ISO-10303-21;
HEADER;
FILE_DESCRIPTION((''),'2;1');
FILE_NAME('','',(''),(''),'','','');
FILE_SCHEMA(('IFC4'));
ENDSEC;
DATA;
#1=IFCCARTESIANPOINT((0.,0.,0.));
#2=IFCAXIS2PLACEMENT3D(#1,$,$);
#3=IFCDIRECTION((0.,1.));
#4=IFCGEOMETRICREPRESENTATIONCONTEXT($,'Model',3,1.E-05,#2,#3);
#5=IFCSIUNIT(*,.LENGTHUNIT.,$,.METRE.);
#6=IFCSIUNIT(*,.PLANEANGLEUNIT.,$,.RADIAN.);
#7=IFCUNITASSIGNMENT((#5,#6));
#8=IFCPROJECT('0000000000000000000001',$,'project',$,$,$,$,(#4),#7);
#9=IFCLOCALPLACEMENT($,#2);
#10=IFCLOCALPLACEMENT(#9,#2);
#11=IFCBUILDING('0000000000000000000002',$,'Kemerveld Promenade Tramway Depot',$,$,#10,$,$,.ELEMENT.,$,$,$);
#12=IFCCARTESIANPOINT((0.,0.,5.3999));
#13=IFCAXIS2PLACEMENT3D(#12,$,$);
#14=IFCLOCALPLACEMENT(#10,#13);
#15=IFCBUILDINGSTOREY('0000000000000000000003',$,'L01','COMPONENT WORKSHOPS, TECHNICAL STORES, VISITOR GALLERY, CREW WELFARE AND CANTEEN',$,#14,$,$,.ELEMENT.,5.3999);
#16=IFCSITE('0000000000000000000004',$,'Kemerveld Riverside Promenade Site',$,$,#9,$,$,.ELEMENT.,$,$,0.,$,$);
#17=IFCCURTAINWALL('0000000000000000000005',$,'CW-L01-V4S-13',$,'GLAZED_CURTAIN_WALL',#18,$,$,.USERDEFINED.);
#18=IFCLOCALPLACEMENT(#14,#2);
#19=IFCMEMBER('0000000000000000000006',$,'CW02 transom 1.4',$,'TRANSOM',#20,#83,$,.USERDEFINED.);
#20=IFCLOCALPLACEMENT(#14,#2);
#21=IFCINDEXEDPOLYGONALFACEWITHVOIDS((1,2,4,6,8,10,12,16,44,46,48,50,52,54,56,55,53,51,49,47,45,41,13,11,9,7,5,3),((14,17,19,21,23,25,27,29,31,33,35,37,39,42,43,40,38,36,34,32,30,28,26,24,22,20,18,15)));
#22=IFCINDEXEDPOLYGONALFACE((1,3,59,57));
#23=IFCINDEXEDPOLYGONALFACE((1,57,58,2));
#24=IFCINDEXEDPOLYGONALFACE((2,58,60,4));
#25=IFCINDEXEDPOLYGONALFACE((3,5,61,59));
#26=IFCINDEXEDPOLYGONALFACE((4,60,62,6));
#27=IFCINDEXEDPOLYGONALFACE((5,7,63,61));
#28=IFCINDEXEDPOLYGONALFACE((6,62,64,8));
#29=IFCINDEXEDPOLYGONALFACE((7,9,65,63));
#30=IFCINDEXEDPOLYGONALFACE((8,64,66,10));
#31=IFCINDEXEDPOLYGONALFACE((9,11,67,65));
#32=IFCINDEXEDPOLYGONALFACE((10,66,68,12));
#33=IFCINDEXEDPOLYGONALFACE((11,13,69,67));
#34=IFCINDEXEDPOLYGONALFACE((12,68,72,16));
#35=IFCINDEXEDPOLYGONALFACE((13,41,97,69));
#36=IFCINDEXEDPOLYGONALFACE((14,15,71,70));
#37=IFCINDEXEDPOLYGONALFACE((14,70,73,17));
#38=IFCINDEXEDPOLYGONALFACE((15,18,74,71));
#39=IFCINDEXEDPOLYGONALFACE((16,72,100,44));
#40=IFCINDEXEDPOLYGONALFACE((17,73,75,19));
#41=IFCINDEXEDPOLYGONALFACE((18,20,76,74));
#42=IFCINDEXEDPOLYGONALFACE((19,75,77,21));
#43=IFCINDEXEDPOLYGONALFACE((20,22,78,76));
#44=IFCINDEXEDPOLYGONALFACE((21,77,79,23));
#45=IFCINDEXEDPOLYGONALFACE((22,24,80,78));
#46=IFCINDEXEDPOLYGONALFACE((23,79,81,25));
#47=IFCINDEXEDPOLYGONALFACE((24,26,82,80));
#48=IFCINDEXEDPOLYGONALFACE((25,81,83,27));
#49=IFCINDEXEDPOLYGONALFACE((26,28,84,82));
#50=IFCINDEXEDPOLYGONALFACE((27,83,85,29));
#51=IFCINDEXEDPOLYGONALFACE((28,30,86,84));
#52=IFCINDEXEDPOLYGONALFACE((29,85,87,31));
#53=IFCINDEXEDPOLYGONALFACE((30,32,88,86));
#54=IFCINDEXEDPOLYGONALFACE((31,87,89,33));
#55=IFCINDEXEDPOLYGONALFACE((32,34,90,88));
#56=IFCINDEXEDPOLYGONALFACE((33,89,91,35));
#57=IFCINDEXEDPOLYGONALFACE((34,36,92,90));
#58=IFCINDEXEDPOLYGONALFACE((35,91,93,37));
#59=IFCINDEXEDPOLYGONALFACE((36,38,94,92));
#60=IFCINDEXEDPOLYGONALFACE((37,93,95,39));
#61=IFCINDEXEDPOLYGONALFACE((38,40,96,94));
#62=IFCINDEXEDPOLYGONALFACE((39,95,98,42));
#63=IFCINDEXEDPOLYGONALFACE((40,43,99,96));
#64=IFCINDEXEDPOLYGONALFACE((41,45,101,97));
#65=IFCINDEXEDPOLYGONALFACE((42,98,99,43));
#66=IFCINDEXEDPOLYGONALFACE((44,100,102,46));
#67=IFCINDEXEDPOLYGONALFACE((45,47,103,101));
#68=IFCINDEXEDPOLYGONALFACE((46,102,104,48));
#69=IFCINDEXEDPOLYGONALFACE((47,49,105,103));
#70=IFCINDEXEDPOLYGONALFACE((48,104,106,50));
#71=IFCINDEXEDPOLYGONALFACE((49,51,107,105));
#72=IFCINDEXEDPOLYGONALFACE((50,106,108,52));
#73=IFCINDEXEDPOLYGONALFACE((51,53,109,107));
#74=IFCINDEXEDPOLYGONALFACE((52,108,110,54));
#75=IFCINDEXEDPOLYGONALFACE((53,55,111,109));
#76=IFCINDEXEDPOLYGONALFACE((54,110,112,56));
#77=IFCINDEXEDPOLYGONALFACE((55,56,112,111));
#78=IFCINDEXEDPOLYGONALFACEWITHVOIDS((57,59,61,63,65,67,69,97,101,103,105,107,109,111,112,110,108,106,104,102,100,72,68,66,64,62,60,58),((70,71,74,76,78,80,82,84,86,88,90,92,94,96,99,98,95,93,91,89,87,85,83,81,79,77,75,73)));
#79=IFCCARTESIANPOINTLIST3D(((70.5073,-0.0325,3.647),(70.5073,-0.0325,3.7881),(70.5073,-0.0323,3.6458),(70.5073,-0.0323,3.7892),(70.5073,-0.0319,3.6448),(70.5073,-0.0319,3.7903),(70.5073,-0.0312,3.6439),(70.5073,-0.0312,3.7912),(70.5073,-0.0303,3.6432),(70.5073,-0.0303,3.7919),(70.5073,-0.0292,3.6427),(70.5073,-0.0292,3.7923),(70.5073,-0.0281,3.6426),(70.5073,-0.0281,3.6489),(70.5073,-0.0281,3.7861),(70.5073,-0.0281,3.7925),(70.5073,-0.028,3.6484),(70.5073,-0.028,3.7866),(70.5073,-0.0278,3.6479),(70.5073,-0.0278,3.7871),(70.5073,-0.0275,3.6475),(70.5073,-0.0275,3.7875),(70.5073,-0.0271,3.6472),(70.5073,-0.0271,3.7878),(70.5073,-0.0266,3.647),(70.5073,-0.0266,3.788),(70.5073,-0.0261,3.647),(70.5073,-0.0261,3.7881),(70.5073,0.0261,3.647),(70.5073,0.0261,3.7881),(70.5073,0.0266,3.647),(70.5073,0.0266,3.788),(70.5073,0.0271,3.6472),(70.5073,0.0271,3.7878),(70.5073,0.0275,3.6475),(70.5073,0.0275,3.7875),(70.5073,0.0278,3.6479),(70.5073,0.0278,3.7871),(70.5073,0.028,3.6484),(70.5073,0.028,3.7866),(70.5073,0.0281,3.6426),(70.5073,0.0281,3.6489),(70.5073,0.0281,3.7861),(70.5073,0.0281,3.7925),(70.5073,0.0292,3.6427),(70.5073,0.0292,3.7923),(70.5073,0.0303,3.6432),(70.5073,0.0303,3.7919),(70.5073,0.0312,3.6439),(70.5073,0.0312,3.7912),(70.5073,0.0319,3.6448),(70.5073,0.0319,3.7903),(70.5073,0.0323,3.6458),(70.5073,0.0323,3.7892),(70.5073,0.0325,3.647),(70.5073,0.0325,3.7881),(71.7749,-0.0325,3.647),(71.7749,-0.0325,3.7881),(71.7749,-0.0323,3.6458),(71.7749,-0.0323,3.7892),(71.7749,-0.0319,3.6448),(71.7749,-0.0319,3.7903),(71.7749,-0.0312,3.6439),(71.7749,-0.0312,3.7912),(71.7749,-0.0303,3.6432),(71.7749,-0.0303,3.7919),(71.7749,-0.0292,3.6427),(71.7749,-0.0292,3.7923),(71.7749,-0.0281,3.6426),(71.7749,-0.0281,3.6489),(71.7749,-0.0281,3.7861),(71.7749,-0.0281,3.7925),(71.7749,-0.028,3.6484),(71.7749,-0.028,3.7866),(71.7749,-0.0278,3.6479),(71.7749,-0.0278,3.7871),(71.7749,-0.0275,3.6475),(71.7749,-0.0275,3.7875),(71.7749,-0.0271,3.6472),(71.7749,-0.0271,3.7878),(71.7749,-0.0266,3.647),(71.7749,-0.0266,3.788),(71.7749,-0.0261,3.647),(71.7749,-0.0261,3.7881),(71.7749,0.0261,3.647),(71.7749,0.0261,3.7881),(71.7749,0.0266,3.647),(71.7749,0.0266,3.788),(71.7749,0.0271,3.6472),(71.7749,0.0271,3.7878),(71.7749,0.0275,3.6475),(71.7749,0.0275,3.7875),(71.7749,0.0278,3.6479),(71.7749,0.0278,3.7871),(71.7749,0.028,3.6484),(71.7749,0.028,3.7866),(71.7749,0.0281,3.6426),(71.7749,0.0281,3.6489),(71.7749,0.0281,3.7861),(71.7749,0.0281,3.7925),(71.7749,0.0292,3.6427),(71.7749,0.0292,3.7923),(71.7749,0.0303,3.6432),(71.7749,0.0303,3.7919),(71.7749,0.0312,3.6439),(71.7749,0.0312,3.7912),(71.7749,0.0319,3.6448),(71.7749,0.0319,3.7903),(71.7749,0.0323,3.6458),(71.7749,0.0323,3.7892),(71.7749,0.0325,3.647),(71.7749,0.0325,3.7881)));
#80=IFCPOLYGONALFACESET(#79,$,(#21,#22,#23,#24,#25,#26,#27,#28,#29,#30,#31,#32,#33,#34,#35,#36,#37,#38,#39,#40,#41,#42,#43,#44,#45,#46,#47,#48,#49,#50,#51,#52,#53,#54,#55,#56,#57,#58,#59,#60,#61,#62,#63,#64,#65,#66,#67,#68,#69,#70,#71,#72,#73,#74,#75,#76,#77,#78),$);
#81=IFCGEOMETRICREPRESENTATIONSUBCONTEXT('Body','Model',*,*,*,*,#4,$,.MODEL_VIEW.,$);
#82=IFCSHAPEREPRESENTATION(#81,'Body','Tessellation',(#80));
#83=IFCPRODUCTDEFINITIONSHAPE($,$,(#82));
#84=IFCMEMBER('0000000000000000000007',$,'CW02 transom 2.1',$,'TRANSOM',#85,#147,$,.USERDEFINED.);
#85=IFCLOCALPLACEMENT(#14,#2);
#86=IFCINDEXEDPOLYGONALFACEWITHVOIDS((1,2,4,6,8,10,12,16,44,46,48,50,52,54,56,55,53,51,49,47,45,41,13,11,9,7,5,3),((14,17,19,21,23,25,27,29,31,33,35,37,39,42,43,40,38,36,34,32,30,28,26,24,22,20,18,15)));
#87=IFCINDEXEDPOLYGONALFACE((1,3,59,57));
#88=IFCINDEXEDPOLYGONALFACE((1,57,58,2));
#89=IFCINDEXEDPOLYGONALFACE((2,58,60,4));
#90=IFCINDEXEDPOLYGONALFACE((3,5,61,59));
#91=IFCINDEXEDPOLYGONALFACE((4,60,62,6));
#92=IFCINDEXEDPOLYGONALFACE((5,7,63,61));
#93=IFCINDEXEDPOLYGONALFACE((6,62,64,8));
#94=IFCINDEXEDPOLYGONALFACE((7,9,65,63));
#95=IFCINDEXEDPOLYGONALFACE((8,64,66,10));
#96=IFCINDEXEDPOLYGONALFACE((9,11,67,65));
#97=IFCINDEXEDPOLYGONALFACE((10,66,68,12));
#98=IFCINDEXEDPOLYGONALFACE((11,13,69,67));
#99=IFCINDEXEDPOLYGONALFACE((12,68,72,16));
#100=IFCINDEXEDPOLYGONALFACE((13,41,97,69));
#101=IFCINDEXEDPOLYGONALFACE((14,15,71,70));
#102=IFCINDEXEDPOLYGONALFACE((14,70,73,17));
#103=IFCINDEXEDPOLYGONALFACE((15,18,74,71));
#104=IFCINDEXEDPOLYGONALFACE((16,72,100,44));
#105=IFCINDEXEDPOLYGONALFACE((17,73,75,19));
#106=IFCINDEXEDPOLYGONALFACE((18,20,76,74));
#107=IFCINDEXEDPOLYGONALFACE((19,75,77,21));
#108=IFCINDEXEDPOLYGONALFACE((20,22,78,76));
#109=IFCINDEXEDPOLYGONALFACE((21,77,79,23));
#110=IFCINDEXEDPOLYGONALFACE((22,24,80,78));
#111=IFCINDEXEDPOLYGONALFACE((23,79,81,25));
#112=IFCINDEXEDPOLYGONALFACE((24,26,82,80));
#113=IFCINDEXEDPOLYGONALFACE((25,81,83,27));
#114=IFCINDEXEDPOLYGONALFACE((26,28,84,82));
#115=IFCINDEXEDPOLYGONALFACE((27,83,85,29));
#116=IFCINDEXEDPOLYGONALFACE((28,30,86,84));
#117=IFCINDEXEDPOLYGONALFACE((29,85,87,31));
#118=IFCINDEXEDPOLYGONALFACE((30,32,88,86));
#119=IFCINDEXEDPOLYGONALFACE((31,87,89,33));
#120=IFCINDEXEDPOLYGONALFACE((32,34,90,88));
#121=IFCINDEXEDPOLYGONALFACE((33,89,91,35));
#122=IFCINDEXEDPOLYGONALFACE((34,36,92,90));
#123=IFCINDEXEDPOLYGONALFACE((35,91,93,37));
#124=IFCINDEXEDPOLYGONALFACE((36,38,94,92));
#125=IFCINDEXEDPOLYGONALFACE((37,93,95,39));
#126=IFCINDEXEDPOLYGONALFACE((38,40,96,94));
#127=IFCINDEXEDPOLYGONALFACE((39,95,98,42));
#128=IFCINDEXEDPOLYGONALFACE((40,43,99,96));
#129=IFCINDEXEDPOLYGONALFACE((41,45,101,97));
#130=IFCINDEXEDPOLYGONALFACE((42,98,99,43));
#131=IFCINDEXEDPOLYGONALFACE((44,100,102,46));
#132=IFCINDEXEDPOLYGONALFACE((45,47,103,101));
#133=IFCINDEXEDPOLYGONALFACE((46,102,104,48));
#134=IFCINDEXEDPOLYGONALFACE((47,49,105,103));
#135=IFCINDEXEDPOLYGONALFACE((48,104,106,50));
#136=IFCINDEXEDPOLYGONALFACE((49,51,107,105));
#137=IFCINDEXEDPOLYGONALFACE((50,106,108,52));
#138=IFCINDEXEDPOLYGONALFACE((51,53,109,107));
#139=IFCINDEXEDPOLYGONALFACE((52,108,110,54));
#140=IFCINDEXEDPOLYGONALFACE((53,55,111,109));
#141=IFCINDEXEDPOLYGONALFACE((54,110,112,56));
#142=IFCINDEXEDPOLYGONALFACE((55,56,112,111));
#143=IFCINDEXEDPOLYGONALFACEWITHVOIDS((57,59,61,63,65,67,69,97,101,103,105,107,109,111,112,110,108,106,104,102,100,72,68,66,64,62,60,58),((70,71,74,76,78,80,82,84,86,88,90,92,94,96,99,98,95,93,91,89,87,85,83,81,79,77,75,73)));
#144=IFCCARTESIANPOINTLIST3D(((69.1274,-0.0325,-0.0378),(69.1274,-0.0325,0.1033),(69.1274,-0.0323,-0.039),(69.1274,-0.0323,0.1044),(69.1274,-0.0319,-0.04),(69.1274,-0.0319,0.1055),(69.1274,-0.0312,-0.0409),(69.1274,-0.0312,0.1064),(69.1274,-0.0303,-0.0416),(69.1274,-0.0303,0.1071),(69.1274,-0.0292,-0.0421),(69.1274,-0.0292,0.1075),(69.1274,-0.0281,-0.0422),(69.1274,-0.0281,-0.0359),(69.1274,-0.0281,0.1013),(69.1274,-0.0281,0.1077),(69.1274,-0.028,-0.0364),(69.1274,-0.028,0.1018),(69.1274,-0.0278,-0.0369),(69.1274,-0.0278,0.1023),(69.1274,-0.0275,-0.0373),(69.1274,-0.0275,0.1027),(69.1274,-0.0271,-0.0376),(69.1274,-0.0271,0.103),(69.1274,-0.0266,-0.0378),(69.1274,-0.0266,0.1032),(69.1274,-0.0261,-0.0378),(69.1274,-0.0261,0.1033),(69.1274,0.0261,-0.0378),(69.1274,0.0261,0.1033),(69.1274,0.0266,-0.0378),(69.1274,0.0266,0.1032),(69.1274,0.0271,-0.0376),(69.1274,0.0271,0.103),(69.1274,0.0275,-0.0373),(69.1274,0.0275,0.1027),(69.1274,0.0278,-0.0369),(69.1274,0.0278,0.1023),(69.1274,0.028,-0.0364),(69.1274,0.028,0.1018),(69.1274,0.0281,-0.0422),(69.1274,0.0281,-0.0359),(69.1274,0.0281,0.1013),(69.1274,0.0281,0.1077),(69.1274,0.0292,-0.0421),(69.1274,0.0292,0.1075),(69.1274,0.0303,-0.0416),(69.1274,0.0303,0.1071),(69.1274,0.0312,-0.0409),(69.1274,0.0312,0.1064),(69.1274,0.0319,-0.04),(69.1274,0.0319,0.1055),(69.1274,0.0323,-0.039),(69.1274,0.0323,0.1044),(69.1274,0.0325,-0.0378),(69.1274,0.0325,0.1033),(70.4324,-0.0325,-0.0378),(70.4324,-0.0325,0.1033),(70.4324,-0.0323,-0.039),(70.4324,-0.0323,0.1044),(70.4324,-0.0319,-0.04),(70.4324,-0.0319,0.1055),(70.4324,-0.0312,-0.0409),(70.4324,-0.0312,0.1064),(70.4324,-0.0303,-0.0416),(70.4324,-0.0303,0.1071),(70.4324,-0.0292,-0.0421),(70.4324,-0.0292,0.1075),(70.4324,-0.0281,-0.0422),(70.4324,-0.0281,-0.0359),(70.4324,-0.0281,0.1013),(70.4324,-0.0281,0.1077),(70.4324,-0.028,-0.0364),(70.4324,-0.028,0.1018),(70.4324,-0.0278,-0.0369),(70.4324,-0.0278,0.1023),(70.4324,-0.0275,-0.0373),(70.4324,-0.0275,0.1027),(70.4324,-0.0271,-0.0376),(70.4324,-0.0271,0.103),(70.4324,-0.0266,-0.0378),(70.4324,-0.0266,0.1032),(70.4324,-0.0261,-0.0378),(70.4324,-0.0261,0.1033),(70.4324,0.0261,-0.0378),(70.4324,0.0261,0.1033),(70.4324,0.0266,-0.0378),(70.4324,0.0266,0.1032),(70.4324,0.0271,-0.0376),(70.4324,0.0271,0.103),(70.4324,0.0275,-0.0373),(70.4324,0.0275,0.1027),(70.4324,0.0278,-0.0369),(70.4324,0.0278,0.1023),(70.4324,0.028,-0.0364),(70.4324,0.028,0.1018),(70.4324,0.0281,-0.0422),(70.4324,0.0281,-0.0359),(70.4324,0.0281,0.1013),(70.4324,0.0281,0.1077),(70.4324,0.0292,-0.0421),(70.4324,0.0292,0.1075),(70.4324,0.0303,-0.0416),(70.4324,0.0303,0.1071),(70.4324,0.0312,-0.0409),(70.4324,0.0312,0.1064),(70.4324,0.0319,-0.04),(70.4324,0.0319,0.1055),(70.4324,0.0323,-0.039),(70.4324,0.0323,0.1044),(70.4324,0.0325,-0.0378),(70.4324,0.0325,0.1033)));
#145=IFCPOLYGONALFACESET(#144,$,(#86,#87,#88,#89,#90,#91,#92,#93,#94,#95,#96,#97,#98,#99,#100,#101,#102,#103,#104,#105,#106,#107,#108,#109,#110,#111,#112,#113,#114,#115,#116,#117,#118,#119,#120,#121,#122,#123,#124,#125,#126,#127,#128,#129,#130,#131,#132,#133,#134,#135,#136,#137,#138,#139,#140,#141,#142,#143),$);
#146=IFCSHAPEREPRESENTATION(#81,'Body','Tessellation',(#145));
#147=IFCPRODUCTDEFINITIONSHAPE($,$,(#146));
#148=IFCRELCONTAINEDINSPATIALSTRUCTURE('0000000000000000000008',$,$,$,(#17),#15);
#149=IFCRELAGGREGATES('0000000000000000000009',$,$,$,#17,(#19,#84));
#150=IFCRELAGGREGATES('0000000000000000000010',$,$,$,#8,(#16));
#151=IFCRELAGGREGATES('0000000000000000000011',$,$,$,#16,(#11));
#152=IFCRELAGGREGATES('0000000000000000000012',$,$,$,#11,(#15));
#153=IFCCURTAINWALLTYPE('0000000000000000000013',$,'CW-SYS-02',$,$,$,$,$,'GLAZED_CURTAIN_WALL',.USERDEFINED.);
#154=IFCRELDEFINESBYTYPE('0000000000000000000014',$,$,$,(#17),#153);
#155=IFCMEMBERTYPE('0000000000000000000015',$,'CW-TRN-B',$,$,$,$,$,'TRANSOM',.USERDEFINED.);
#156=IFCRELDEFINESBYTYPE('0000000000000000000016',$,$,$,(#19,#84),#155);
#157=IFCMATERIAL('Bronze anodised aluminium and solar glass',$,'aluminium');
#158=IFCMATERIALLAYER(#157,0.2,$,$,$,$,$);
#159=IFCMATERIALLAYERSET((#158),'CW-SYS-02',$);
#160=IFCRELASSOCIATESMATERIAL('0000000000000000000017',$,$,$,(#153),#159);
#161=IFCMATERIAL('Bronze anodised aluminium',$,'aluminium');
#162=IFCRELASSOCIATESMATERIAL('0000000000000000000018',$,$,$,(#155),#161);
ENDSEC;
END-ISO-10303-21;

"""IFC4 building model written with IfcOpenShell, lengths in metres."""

from ifc_helpers import new_model, si_unit, direction, frame, origin, origin_2d, place, context, subcontext, project, spatial, hollow_rectangle, extrude, material, layer, layer_set, material_profile, profile_set, type_object, element, aggregate, save


model = new_model("IFC4")

# Units and contexts
model_context = context("Model", 3, precision=1e-05, world=origin(), true_north=direction((0.0, 1.0)))
body_context = subcontext(model_context, "Body", "Model", "MODEL_VIEW")
ifc_project = project(units=[si_unit("LENGTHUNIT", "METRE"), si_unit("PLANEANGLEUNIT", "RADIAN")], contexts=[model_context])

# Site, building, storey
site_placement = place(None, origin())
site = spatial("IfcSite", under=ifc_project, at=site_placement, Name="Kemerveld Riverside Promenade Site", CompositionType="ELEMENT", RefElevation=0.0)
building_placement = place(site_placement, origin())
building = spatial("IfcBuilding", under=site, at=building_placement, Name="Kemerveld Promenade Tramway Depot", CompositionType="ELEMENT")
storey_placement = place(building_placement, frame((0.0, 0.0, 5.3999)))
storey = spatial("IfcBuildingStorey", under=building, at=storey_placement, Name="L01", Description="COMPONENT WORKSHOPS, TECHNICAL STORES, VISITOR GALLERY, CREW WELFARE AND CANTEEN", CompositionType="ELEMENT", Elevation=5.3999)

# Curtain wall, members
ifc_material_1 = material(Name="Bronze anodised aluminium and solar glass", Category="aluminium")
ifc_layer_1 = layer(ifc_material_1, 0.2)
ifc_layer_set_1 = layer_set([ifc_layer_1], Name="CW-SYS-02")
curtain_wall_type = type_object("IfcCurtainWallType", Name="CW-SYS-02", ElementType="GLAZED_CURTAIN_WALL", PredefinedType="USERDEFINED", material=ifc_layer_set_1)
curtain_wall_placement = place(storey_placement, origin())
curtain_wall = element("IfcCurtainWall", 1, at=curtain_wall_placement, inside=storey, type_object=curtain_wall_type, Name="CW-L01-V4S-13", ObjectType="GLAZED_CURTAIN_WALL", PredefinedType="USERDEFINED")
ifc_material_2 = material(Name="Bronze anodised aluminium", Category="aluminium")
ifc_material_profile_1 = material_profile(ifc_material_2, hollow_rectangle(XDim=0.0649, YDim=0.1499, WallThickness=0.0044, InnerFilletRadius=0.002, OuterFilletRadius=0.0044, at=origin_2d()), Name="CW-TRN-150x65")
ifc_profile_set_1 = profile_set([ifc_material_profile_1], Name="Bronze anodised aluminium")
member_type_1 = type_object("IfcMemberType", Name="CW-TRN-B", ElementType="TRANSOM", PredefinedType="USERDEFINED", material=ifc_profile_set_1)
member_1_placement = place(storey_placement, frame((71.7749, 0.0, 3.7175), z_axis=(-1.0, 0.0, 0.0), x_axis=(0.0, -1.0, 0.0)))
member_1 = element("IfcMember", 2, at=member_1_placement, type_object=member_type_1, Name="CW02 transom 1.4", ObjectType="TRANSOM", PredefinedType="USERDEFINED", context=body_context, shape_type="SweptSolid", body=[
    extrude(hollow_rectangle(XDim=0.0649, YDim=0.1499, WallThickness=0.0044, InnerFilletRadius=0.002, OuterFilletRadius=0.0044, at=origin_2d()), origin(), (0.0, 0.0, 1.0), 1.2676),
])
member_2_placement = place(storey_placement, frame((70.4324, 0.0, 0.0327), z_axis=(-1.0, 0.0, 0.0), x_axis=(0.0, -1.0, 0.0)))
member_2 = element("IfcMember", 3, at=member_2_placement, type_object=member_type_1, Name="CW02 transom 2.1", ObjectType="TRANSOM", PredefinedType="USERDEFINED", context=body_context, shape_type="SweptSolid", body=[
    extrude(hollow_rectangle(XDim=0.0649, YDim=0.1499, WallThickness=0.0044, InnerFilletRadius=0.002, OuterFilletRadius=0.0044, at=origin_2d()), origin(), (0.0, 0.0, 1.0), 1.3049),
])
aggregate(curtain_wall, [member_1, member_2])

save(model, "model.ifc")
